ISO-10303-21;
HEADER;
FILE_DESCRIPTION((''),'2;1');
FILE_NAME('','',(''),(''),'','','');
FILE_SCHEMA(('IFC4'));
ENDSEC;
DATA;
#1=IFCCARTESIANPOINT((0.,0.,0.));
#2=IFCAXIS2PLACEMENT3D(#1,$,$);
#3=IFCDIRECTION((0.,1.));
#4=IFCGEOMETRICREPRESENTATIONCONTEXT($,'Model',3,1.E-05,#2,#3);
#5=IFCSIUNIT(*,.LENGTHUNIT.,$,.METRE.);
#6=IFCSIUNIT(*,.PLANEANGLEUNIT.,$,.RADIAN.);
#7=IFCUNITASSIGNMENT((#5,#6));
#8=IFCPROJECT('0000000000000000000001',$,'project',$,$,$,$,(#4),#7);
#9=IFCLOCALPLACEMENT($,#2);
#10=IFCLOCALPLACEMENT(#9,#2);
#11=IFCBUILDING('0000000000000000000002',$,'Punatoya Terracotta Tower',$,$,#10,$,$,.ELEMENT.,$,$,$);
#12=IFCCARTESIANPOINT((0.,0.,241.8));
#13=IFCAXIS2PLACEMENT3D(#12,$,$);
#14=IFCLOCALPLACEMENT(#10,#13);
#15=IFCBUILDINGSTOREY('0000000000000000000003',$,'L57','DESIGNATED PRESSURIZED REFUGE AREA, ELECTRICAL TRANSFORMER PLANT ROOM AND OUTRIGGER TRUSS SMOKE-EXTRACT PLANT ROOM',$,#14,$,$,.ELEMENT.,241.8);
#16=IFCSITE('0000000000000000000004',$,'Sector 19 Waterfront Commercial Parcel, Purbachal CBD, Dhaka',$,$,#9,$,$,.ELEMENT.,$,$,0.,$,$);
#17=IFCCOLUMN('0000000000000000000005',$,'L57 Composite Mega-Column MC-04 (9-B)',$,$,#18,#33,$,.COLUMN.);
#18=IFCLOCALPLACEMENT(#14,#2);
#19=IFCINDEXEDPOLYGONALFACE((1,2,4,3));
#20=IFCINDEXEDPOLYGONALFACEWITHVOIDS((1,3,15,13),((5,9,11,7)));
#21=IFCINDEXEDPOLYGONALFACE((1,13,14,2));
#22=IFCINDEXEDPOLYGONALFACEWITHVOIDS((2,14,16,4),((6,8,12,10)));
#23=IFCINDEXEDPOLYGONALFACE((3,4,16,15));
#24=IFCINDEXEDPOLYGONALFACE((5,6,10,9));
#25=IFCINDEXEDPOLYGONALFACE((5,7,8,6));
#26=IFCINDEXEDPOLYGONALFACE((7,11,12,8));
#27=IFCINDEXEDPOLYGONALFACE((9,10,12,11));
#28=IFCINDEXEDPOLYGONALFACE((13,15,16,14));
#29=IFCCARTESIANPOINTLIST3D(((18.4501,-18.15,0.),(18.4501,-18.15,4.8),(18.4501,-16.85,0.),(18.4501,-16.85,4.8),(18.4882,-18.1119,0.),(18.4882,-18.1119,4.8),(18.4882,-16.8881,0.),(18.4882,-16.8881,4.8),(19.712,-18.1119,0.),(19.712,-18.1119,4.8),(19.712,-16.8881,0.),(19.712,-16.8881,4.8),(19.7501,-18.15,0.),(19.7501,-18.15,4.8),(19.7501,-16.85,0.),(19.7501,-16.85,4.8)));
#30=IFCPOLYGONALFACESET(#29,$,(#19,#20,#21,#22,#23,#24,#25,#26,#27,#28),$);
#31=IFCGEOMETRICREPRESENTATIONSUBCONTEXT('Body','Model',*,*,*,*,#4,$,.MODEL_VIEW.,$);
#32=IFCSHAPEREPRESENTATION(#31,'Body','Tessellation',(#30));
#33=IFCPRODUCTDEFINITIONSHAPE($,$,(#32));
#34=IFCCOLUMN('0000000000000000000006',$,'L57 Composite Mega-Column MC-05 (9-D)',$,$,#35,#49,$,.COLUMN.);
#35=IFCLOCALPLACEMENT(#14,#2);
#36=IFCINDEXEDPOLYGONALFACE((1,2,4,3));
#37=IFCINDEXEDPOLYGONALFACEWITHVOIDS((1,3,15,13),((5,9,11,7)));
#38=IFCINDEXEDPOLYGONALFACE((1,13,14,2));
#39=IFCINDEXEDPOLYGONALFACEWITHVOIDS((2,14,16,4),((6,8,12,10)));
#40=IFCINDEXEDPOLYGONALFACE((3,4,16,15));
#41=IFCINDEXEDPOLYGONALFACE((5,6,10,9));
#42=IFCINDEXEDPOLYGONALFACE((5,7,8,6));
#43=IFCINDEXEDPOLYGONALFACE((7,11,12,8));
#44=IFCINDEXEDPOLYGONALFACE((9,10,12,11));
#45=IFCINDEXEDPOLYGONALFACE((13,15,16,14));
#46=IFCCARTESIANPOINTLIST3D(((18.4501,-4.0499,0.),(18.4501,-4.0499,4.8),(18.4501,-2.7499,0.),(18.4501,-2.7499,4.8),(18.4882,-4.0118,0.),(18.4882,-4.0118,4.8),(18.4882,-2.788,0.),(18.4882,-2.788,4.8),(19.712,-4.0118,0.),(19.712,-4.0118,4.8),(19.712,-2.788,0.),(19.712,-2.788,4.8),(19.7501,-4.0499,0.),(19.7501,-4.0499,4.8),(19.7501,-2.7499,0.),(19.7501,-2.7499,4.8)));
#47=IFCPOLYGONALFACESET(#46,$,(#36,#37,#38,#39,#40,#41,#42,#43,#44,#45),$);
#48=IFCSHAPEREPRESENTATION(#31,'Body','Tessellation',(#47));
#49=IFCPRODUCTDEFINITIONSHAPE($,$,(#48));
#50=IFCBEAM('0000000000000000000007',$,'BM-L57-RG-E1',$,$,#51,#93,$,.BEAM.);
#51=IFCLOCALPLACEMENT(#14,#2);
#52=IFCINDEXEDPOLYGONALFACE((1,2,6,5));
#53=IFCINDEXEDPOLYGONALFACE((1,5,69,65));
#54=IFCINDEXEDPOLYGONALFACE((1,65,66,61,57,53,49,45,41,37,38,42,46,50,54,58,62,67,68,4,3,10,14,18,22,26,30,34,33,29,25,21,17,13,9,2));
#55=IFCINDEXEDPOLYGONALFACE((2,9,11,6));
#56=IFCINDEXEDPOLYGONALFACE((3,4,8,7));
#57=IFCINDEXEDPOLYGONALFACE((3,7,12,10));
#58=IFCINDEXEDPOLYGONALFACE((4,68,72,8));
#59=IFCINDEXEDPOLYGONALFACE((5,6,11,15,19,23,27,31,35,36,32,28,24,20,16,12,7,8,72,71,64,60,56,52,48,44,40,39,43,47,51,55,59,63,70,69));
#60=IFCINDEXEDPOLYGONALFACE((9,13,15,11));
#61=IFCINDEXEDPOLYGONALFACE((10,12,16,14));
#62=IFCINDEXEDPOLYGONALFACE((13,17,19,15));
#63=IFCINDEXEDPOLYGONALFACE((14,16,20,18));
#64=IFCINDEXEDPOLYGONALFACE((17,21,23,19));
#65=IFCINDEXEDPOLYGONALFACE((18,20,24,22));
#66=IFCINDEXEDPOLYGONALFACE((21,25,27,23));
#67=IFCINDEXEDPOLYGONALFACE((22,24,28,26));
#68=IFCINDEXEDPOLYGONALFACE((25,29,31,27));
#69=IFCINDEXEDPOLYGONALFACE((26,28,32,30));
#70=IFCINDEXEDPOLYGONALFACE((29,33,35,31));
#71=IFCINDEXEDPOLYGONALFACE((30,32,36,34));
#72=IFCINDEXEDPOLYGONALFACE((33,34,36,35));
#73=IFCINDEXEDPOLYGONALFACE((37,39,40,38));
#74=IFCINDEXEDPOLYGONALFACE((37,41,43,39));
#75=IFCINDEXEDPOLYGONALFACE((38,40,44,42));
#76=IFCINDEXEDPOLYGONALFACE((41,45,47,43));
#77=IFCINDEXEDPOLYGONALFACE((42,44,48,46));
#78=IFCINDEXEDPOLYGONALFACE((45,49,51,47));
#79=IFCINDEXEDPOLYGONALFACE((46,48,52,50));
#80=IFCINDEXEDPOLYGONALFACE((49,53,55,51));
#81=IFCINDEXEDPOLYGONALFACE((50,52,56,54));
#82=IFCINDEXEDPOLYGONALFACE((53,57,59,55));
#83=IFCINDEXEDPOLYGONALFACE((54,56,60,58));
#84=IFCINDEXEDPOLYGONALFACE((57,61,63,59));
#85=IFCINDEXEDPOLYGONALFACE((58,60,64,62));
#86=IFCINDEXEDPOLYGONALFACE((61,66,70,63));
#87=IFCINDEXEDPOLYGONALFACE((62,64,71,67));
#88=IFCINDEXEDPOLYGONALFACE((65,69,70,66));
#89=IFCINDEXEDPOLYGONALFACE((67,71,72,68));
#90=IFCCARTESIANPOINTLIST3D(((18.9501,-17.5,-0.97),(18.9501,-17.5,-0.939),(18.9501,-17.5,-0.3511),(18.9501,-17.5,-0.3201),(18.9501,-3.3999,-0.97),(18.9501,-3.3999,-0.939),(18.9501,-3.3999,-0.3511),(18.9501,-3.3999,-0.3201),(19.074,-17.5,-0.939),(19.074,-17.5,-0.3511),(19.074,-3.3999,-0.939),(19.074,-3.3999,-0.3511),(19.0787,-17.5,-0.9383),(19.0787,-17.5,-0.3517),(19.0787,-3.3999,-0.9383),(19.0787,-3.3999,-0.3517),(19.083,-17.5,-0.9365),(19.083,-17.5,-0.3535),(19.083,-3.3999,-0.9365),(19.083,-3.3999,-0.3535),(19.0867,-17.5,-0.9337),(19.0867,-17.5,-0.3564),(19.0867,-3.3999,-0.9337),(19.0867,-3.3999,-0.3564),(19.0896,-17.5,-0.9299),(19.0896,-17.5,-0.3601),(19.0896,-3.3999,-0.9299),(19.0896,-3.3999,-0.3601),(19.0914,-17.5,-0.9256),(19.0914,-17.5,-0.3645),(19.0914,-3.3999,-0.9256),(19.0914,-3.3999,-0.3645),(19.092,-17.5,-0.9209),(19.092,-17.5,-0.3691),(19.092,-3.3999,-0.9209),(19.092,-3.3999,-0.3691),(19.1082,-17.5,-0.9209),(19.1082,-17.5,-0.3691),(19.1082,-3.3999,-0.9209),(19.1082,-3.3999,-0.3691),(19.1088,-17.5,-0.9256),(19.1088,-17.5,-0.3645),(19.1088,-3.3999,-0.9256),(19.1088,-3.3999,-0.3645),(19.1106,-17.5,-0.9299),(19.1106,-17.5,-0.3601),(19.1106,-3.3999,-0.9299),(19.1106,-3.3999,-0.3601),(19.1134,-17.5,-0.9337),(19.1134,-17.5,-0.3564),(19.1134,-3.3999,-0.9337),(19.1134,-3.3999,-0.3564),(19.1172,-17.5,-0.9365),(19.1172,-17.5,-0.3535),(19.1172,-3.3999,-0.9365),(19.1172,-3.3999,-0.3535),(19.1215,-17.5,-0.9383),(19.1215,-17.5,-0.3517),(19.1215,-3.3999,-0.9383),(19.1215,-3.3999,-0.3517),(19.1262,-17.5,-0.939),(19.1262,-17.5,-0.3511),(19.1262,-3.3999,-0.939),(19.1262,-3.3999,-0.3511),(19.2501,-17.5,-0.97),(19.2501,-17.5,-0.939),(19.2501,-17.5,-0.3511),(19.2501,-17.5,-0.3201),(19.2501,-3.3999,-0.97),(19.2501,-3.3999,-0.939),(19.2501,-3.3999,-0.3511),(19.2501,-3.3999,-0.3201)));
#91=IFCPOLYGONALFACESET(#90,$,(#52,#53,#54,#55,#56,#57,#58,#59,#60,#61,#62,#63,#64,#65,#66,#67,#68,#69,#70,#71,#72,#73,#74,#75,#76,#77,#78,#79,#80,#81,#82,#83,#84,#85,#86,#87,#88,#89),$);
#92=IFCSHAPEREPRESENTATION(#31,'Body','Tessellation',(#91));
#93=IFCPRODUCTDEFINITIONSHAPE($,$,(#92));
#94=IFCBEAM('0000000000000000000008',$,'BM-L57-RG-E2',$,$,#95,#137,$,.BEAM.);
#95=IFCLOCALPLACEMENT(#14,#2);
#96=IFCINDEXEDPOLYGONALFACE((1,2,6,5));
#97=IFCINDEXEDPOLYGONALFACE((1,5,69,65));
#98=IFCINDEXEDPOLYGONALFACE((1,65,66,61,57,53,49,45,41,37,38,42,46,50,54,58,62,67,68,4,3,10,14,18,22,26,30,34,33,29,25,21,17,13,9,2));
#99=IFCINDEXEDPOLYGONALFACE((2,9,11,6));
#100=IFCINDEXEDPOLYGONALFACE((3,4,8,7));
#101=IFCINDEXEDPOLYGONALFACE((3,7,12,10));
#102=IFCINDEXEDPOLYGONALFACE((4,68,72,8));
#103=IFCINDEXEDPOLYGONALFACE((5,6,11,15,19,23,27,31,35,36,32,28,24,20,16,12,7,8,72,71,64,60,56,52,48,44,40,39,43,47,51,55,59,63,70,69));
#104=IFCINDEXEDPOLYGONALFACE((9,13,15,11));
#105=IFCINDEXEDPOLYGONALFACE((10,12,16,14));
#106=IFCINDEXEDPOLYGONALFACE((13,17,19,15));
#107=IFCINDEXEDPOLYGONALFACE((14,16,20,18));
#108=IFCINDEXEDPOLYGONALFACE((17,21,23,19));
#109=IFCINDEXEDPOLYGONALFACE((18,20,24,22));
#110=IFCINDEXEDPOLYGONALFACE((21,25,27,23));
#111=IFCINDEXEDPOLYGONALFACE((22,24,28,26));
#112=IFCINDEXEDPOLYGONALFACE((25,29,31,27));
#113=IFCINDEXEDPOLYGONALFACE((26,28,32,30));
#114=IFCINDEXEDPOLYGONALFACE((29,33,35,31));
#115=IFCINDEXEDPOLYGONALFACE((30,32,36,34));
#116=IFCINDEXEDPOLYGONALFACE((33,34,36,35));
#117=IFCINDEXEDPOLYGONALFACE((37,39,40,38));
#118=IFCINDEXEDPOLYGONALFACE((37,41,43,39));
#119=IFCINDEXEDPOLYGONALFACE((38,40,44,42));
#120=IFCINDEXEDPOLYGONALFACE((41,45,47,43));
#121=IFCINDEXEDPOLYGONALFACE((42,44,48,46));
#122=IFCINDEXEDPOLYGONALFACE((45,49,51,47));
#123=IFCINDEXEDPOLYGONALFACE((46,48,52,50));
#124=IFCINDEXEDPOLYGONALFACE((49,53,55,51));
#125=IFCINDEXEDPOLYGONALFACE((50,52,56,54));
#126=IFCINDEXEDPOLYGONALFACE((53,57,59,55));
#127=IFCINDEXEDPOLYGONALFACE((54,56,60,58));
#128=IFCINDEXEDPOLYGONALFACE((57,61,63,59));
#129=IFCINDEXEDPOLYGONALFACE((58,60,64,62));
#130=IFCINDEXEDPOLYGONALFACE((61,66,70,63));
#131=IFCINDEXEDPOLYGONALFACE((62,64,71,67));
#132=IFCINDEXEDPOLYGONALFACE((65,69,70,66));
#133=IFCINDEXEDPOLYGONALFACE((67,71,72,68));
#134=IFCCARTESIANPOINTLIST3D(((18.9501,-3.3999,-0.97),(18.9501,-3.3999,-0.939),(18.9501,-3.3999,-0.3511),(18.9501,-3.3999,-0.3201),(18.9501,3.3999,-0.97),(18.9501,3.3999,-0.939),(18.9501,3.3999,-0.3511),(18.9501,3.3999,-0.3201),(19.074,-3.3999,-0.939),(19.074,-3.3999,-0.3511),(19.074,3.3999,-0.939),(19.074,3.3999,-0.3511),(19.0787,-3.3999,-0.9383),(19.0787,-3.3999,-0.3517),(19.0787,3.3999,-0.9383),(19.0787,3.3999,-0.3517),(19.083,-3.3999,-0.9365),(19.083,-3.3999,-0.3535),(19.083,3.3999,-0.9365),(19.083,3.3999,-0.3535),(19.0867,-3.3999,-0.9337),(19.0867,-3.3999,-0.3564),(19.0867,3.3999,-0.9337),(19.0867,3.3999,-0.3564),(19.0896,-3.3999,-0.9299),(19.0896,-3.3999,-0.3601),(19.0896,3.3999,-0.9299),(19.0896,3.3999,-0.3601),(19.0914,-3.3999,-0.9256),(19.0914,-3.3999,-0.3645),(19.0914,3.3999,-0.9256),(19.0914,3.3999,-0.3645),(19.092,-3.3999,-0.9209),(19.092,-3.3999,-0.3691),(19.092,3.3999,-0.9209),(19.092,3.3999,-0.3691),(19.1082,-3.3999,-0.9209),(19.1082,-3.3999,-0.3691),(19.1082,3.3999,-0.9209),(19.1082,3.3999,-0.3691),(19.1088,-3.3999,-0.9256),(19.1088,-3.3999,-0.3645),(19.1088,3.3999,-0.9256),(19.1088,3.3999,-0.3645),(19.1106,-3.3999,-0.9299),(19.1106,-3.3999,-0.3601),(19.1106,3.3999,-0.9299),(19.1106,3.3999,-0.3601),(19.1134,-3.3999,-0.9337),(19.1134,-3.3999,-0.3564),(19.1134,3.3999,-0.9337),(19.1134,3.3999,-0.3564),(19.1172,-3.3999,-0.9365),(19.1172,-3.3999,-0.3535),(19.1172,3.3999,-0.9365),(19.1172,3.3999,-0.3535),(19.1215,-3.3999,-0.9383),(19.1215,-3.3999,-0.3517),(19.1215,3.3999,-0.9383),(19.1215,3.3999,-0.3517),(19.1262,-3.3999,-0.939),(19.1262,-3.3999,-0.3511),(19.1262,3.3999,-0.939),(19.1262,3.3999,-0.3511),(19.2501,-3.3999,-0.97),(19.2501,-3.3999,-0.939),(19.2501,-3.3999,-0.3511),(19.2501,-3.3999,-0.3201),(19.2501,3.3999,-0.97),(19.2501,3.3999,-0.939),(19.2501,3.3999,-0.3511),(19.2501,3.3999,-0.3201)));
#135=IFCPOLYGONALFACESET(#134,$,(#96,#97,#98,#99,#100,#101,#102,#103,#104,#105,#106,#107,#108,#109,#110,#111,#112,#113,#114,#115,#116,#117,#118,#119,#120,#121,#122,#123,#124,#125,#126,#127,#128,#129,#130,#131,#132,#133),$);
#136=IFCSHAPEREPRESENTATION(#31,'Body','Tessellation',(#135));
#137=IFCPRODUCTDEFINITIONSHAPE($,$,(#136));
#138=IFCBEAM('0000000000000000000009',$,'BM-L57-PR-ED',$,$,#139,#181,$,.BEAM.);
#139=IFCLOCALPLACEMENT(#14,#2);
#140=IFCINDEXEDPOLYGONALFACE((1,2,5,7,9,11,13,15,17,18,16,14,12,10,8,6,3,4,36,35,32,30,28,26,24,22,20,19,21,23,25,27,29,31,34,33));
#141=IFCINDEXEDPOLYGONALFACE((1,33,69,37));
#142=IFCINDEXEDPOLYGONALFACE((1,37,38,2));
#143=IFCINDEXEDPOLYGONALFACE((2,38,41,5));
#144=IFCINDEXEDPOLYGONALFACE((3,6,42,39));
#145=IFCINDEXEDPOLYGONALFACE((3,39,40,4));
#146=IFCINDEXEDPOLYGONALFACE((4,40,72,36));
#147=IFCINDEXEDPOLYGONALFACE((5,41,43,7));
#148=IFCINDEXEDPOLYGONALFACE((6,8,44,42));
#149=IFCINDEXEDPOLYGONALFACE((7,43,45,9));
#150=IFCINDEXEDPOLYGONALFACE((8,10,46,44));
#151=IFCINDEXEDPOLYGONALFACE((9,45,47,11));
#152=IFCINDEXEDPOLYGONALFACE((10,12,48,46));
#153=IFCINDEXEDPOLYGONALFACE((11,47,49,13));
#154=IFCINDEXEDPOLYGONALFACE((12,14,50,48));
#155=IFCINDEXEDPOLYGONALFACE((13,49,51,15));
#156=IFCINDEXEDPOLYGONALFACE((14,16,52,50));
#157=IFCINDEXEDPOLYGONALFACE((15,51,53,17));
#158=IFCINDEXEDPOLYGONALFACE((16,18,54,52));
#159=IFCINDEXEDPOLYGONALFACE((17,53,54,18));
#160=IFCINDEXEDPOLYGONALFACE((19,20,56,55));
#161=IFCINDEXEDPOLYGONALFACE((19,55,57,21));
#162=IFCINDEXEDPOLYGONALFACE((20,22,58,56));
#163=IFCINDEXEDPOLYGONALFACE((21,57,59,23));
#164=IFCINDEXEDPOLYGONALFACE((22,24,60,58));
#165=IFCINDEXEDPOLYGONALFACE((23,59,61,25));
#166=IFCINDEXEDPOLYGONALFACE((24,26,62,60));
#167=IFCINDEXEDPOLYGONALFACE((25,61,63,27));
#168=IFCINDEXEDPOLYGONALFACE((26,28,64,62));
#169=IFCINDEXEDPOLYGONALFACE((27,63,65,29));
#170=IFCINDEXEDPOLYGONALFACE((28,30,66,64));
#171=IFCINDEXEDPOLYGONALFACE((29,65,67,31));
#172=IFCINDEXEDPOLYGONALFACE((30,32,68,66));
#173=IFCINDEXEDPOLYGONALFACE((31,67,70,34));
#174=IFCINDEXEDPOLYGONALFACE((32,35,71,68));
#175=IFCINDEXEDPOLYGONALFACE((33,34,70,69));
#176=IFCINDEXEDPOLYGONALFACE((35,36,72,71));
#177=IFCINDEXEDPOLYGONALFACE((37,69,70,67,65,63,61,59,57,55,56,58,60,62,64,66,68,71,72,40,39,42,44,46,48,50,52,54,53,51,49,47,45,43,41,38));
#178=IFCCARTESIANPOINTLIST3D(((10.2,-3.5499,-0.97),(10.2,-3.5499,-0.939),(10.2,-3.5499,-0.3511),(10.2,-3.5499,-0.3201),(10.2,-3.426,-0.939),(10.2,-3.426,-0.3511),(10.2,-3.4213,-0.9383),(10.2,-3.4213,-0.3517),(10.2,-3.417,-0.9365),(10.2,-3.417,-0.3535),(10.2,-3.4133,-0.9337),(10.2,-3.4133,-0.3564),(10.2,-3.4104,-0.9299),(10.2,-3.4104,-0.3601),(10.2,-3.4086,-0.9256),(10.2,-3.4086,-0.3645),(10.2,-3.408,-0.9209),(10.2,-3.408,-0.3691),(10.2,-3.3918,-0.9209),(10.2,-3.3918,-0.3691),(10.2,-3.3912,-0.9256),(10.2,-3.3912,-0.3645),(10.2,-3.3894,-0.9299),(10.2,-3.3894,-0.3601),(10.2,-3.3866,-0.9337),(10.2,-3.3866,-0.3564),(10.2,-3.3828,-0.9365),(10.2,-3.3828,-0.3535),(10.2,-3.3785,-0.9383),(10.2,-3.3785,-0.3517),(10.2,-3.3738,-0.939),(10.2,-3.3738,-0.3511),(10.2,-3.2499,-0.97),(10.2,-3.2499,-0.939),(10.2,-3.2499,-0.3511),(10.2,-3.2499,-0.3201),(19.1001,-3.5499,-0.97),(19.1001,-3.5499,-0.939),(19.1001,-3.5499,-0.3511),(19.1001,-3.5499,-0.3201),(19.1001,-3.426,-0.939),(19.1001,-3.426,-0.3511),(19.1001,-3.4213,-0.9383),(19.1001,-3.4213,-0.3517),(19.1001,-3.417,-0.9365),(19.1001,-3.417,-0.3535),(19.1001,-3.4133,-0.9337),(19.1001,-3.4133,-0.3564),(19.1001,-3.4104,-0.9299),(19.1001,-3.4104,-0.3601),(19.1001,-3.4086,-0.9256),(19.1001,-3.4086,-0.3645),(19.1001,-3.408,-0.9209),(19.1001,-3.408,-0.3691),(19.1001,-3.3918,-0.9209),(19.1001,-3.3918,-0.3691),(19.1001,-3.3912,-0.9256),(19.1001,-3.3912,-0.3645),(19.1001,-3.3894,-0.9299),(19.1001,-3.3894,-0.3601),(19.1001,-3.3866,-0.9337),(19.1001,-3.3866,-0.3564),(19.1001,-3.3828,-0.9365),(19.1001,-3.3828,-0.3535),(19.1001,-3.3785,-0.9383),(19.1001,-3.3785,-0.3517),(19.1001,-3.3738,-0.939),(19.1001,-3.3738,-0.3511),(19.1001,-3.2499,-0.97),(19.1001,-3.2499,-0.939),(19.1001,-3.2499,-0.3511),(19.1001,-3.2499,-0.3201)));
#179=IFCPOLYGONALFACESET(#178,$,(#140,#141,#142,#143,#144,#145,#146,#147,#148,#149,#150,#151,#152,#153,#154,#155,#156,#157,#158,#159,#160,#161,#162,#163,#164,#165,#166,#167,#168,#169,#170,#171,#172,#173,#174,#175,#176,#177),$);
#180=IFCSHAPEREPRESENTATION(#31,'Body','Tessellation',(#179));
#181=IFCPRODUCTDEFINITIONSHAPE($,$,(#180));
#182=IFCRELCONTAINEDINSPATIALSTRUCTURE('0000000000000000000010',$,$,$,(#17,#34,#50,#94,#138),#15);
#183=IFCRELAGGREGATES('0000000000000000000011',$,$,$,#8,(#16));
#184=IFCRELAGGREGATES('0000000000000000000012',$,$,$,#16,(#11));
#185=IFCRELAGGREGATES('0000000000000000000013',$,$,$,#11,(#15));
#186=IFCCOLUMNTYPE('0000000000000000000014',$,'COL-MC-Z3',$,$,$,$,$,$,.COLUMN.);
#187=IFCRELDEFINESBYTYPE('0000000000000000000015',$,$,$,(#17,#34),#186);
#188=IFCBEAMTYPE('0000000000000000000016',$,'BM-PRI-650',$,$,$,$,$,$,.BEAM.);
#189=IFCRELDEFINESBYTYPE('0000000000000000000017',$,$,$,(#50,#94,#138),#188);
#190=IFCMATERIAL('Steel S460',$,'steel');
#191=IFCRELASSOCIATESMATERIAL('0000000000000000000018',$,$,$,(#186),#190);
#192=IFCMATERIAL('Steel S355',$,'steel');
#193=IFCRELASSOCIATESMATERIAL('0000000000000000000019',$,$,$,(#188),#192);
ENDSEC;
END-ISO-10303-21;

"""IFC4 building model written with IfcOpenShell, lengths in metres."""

from ifc_helpers import new_model, si_unit, direction, frame, origin, origin_2d, place, context, subcontext, project, spatial, hollow_rectangle, i_section, extrude, material, material_profile, profile_set, type_object, element, save


model = new_model("IFC4")

# Units and contexts
model_context = context("Model", 3, precision=1e-05, world=origin(), true_north=direction((0.0, 1.0)))
body_context = subcontext(model_context, "Body", "Model", "MODEL_VIEW")
ifc_project = project(units=[si_unit("LENGTHUNIT", "METRE"), si_unit("PLANEANGLEUNIT", "RADIAN")], contexts=[model_context])

# Site, building, storey
site_placement = place(None, origin())
site = spatial("IfcSite", under=ifc_project, at=site_placement, Name="Sector 19 Waterfront Commercial Parcel, Purbachal CBD, Dhaka", CompositionType="ELEMENT", RefElevation=0.0)
building_placement = place(site_placement, origin())
building = spatial("IfcBuilding", under=site, at=building_placement, Name="Punatoya Terracotta Tower", CompositionType="ELEMENT")
storey_placement = place(building_placement, frame((0.0, 0.0, 241.8)))
storey = spatial("IfcBuildingStorey", under=building, at=storey_placement, Name="L57", Description="DESIGNATED PRESSURIZED REFUGE AREA, ELECTRICAL TRANSFORMER PLANT ROOM AND OUTRIGGER TRUSS SMOKE-EXTRACT PLANT ROOM", CompositionType="ELEMENT", Elevation=241.8)

# Columns
ifc_material_1 = material(Name="Steel S460", Category="steel")
ifc_material_profile_1 = material_profile(ifc_material_1, hollow_rectangle(XDim=1.3, YDim=1.3, WallThickness=0.0381, at=origin_2d()))
ifc_profile_set_1 = profile_set([ifc_material_profile_1], Name="Steel S460")
column_type = type_object("IfcColumnType", Name="COL-MC-Z3", PredefinedType="COLUMN", material=ifc_profile_set_1)
for number, where, z_axis, x_axis, name in (
    (1, (19.1001, -17.5, 0.0), (0.0, 0.0, 1.0), (1.0, 0.0, 0.0), "L57 Composite Mega-Column MC-04 (9-B)"),
    (2, (19.1001, -3.3999, 0.0), (0.0, 0.0, 1.0), (1.0, 0.0, 0.0), "L57 Composite Mega-Column MC-05 (9-D)"),
):
    element("IfcColumn", number, at=place(storey_placement, frame(where, z_axis=z_axis, x_axis=x_axis)), inside=storey, type_object=column_type, Name=name, PredefinedType="COLUMN", context=body_context, shape_type="SweptSolid", body=[
        extrude(hollow_rectangle(XDim=1.3, YDim=1.3, WallThickness=0.0381, at=origin_2d()), origin(), (0.0, 0.0, 1.0), 4.8),
    ])

# Beams
ifc_material_2 = material(Name="Steel S355", Category="steel")
ifc_material_profile_2 = material_profile(ifc_material_2, i_section(OverallWidth=0.3, OverallDepth=0.6499, WebThickness=0.0161, FlangeThickness=0.031, FilletRadius=0.0181, at=origin_2d()))
ifc_profile_set_2 = profile_set([ifc_material_profile_2], Name="Steel S355")
beam_type_1 = type_object("IfcBeamType", Name="BM-PRI-650", PredefinedType="BEAM", material=ifc_profile_set_2)
beam_1_placement = place(storey_placement, frame((19.1001, -17.5, -0.645), z_axis=(0.0, 1.0, 0.0), x_axis=(-1.0, 0.0, 0.0)))
element("IfcBeam", 3, at=beam_1_placement, inside=storey, type_object=beam_type_1, Name="BM-L57-RG-E1", PredefinedType="BEAM", context=body_context, shape_type="SweptSolid", body=[
    extrude(i_section(OverallWidth=0.3, OverallDepth=0.6499, WebThickness=0.0161, FlangeThickness=0.031, FilletRadius=0.0181, at=origin_2d()), origin(), (0.0, 0.0, 1.0), 14.1001),
])
beam_2_placement = place(storey_placement, frame((19.1001, -3.3999, -0.645), z_axis=(0.0, 1.0, 0.0), x_axis=(-1.0, 0.0, 0.0)))
element("IfcBeam", 4, at=beam_2_placement, inside=storey, type_object=beam_type_1, Name="BM-L57-RG-E2", PredefinedType="BEAM", context=body_context, shape_type="SweptSolid", body=[
    extrude(i_section(OverallWidth=0.3, OverallDepth=0.6499, WebThickness=0.0161, FlangeThickness=0.031, FilletRadius=0.0181, at=origin_2d()), origin(), (0.0, 0.0, 1.0), 6.7998),
])
beam_3_placement = place(storey_placement, frame((10.2, -3.3999, -0.645), z_axis=(1.0, 0.0, 0.0), x_axis=(0.0, 1.0, 0.0)))
element("IfcBeam", 5, at=beam_3_placement, inside=storey, type_object=beam_type_1, Name="BM-L57-PR-ED", PredefinedType="BEAM", context=body_context, shape_type="SweptSolid", body=[
    extrude(i_section(OverallWidth=0.3, OverallDepth=0.6499, WebThickness=0.0161, FlangeThickness=0.031, FilletRadius=0.0181, at=origin_2d()), origin(), (0.0, 0.0, 1.0), 8.9001),
])

save(model, "model.ifc")
